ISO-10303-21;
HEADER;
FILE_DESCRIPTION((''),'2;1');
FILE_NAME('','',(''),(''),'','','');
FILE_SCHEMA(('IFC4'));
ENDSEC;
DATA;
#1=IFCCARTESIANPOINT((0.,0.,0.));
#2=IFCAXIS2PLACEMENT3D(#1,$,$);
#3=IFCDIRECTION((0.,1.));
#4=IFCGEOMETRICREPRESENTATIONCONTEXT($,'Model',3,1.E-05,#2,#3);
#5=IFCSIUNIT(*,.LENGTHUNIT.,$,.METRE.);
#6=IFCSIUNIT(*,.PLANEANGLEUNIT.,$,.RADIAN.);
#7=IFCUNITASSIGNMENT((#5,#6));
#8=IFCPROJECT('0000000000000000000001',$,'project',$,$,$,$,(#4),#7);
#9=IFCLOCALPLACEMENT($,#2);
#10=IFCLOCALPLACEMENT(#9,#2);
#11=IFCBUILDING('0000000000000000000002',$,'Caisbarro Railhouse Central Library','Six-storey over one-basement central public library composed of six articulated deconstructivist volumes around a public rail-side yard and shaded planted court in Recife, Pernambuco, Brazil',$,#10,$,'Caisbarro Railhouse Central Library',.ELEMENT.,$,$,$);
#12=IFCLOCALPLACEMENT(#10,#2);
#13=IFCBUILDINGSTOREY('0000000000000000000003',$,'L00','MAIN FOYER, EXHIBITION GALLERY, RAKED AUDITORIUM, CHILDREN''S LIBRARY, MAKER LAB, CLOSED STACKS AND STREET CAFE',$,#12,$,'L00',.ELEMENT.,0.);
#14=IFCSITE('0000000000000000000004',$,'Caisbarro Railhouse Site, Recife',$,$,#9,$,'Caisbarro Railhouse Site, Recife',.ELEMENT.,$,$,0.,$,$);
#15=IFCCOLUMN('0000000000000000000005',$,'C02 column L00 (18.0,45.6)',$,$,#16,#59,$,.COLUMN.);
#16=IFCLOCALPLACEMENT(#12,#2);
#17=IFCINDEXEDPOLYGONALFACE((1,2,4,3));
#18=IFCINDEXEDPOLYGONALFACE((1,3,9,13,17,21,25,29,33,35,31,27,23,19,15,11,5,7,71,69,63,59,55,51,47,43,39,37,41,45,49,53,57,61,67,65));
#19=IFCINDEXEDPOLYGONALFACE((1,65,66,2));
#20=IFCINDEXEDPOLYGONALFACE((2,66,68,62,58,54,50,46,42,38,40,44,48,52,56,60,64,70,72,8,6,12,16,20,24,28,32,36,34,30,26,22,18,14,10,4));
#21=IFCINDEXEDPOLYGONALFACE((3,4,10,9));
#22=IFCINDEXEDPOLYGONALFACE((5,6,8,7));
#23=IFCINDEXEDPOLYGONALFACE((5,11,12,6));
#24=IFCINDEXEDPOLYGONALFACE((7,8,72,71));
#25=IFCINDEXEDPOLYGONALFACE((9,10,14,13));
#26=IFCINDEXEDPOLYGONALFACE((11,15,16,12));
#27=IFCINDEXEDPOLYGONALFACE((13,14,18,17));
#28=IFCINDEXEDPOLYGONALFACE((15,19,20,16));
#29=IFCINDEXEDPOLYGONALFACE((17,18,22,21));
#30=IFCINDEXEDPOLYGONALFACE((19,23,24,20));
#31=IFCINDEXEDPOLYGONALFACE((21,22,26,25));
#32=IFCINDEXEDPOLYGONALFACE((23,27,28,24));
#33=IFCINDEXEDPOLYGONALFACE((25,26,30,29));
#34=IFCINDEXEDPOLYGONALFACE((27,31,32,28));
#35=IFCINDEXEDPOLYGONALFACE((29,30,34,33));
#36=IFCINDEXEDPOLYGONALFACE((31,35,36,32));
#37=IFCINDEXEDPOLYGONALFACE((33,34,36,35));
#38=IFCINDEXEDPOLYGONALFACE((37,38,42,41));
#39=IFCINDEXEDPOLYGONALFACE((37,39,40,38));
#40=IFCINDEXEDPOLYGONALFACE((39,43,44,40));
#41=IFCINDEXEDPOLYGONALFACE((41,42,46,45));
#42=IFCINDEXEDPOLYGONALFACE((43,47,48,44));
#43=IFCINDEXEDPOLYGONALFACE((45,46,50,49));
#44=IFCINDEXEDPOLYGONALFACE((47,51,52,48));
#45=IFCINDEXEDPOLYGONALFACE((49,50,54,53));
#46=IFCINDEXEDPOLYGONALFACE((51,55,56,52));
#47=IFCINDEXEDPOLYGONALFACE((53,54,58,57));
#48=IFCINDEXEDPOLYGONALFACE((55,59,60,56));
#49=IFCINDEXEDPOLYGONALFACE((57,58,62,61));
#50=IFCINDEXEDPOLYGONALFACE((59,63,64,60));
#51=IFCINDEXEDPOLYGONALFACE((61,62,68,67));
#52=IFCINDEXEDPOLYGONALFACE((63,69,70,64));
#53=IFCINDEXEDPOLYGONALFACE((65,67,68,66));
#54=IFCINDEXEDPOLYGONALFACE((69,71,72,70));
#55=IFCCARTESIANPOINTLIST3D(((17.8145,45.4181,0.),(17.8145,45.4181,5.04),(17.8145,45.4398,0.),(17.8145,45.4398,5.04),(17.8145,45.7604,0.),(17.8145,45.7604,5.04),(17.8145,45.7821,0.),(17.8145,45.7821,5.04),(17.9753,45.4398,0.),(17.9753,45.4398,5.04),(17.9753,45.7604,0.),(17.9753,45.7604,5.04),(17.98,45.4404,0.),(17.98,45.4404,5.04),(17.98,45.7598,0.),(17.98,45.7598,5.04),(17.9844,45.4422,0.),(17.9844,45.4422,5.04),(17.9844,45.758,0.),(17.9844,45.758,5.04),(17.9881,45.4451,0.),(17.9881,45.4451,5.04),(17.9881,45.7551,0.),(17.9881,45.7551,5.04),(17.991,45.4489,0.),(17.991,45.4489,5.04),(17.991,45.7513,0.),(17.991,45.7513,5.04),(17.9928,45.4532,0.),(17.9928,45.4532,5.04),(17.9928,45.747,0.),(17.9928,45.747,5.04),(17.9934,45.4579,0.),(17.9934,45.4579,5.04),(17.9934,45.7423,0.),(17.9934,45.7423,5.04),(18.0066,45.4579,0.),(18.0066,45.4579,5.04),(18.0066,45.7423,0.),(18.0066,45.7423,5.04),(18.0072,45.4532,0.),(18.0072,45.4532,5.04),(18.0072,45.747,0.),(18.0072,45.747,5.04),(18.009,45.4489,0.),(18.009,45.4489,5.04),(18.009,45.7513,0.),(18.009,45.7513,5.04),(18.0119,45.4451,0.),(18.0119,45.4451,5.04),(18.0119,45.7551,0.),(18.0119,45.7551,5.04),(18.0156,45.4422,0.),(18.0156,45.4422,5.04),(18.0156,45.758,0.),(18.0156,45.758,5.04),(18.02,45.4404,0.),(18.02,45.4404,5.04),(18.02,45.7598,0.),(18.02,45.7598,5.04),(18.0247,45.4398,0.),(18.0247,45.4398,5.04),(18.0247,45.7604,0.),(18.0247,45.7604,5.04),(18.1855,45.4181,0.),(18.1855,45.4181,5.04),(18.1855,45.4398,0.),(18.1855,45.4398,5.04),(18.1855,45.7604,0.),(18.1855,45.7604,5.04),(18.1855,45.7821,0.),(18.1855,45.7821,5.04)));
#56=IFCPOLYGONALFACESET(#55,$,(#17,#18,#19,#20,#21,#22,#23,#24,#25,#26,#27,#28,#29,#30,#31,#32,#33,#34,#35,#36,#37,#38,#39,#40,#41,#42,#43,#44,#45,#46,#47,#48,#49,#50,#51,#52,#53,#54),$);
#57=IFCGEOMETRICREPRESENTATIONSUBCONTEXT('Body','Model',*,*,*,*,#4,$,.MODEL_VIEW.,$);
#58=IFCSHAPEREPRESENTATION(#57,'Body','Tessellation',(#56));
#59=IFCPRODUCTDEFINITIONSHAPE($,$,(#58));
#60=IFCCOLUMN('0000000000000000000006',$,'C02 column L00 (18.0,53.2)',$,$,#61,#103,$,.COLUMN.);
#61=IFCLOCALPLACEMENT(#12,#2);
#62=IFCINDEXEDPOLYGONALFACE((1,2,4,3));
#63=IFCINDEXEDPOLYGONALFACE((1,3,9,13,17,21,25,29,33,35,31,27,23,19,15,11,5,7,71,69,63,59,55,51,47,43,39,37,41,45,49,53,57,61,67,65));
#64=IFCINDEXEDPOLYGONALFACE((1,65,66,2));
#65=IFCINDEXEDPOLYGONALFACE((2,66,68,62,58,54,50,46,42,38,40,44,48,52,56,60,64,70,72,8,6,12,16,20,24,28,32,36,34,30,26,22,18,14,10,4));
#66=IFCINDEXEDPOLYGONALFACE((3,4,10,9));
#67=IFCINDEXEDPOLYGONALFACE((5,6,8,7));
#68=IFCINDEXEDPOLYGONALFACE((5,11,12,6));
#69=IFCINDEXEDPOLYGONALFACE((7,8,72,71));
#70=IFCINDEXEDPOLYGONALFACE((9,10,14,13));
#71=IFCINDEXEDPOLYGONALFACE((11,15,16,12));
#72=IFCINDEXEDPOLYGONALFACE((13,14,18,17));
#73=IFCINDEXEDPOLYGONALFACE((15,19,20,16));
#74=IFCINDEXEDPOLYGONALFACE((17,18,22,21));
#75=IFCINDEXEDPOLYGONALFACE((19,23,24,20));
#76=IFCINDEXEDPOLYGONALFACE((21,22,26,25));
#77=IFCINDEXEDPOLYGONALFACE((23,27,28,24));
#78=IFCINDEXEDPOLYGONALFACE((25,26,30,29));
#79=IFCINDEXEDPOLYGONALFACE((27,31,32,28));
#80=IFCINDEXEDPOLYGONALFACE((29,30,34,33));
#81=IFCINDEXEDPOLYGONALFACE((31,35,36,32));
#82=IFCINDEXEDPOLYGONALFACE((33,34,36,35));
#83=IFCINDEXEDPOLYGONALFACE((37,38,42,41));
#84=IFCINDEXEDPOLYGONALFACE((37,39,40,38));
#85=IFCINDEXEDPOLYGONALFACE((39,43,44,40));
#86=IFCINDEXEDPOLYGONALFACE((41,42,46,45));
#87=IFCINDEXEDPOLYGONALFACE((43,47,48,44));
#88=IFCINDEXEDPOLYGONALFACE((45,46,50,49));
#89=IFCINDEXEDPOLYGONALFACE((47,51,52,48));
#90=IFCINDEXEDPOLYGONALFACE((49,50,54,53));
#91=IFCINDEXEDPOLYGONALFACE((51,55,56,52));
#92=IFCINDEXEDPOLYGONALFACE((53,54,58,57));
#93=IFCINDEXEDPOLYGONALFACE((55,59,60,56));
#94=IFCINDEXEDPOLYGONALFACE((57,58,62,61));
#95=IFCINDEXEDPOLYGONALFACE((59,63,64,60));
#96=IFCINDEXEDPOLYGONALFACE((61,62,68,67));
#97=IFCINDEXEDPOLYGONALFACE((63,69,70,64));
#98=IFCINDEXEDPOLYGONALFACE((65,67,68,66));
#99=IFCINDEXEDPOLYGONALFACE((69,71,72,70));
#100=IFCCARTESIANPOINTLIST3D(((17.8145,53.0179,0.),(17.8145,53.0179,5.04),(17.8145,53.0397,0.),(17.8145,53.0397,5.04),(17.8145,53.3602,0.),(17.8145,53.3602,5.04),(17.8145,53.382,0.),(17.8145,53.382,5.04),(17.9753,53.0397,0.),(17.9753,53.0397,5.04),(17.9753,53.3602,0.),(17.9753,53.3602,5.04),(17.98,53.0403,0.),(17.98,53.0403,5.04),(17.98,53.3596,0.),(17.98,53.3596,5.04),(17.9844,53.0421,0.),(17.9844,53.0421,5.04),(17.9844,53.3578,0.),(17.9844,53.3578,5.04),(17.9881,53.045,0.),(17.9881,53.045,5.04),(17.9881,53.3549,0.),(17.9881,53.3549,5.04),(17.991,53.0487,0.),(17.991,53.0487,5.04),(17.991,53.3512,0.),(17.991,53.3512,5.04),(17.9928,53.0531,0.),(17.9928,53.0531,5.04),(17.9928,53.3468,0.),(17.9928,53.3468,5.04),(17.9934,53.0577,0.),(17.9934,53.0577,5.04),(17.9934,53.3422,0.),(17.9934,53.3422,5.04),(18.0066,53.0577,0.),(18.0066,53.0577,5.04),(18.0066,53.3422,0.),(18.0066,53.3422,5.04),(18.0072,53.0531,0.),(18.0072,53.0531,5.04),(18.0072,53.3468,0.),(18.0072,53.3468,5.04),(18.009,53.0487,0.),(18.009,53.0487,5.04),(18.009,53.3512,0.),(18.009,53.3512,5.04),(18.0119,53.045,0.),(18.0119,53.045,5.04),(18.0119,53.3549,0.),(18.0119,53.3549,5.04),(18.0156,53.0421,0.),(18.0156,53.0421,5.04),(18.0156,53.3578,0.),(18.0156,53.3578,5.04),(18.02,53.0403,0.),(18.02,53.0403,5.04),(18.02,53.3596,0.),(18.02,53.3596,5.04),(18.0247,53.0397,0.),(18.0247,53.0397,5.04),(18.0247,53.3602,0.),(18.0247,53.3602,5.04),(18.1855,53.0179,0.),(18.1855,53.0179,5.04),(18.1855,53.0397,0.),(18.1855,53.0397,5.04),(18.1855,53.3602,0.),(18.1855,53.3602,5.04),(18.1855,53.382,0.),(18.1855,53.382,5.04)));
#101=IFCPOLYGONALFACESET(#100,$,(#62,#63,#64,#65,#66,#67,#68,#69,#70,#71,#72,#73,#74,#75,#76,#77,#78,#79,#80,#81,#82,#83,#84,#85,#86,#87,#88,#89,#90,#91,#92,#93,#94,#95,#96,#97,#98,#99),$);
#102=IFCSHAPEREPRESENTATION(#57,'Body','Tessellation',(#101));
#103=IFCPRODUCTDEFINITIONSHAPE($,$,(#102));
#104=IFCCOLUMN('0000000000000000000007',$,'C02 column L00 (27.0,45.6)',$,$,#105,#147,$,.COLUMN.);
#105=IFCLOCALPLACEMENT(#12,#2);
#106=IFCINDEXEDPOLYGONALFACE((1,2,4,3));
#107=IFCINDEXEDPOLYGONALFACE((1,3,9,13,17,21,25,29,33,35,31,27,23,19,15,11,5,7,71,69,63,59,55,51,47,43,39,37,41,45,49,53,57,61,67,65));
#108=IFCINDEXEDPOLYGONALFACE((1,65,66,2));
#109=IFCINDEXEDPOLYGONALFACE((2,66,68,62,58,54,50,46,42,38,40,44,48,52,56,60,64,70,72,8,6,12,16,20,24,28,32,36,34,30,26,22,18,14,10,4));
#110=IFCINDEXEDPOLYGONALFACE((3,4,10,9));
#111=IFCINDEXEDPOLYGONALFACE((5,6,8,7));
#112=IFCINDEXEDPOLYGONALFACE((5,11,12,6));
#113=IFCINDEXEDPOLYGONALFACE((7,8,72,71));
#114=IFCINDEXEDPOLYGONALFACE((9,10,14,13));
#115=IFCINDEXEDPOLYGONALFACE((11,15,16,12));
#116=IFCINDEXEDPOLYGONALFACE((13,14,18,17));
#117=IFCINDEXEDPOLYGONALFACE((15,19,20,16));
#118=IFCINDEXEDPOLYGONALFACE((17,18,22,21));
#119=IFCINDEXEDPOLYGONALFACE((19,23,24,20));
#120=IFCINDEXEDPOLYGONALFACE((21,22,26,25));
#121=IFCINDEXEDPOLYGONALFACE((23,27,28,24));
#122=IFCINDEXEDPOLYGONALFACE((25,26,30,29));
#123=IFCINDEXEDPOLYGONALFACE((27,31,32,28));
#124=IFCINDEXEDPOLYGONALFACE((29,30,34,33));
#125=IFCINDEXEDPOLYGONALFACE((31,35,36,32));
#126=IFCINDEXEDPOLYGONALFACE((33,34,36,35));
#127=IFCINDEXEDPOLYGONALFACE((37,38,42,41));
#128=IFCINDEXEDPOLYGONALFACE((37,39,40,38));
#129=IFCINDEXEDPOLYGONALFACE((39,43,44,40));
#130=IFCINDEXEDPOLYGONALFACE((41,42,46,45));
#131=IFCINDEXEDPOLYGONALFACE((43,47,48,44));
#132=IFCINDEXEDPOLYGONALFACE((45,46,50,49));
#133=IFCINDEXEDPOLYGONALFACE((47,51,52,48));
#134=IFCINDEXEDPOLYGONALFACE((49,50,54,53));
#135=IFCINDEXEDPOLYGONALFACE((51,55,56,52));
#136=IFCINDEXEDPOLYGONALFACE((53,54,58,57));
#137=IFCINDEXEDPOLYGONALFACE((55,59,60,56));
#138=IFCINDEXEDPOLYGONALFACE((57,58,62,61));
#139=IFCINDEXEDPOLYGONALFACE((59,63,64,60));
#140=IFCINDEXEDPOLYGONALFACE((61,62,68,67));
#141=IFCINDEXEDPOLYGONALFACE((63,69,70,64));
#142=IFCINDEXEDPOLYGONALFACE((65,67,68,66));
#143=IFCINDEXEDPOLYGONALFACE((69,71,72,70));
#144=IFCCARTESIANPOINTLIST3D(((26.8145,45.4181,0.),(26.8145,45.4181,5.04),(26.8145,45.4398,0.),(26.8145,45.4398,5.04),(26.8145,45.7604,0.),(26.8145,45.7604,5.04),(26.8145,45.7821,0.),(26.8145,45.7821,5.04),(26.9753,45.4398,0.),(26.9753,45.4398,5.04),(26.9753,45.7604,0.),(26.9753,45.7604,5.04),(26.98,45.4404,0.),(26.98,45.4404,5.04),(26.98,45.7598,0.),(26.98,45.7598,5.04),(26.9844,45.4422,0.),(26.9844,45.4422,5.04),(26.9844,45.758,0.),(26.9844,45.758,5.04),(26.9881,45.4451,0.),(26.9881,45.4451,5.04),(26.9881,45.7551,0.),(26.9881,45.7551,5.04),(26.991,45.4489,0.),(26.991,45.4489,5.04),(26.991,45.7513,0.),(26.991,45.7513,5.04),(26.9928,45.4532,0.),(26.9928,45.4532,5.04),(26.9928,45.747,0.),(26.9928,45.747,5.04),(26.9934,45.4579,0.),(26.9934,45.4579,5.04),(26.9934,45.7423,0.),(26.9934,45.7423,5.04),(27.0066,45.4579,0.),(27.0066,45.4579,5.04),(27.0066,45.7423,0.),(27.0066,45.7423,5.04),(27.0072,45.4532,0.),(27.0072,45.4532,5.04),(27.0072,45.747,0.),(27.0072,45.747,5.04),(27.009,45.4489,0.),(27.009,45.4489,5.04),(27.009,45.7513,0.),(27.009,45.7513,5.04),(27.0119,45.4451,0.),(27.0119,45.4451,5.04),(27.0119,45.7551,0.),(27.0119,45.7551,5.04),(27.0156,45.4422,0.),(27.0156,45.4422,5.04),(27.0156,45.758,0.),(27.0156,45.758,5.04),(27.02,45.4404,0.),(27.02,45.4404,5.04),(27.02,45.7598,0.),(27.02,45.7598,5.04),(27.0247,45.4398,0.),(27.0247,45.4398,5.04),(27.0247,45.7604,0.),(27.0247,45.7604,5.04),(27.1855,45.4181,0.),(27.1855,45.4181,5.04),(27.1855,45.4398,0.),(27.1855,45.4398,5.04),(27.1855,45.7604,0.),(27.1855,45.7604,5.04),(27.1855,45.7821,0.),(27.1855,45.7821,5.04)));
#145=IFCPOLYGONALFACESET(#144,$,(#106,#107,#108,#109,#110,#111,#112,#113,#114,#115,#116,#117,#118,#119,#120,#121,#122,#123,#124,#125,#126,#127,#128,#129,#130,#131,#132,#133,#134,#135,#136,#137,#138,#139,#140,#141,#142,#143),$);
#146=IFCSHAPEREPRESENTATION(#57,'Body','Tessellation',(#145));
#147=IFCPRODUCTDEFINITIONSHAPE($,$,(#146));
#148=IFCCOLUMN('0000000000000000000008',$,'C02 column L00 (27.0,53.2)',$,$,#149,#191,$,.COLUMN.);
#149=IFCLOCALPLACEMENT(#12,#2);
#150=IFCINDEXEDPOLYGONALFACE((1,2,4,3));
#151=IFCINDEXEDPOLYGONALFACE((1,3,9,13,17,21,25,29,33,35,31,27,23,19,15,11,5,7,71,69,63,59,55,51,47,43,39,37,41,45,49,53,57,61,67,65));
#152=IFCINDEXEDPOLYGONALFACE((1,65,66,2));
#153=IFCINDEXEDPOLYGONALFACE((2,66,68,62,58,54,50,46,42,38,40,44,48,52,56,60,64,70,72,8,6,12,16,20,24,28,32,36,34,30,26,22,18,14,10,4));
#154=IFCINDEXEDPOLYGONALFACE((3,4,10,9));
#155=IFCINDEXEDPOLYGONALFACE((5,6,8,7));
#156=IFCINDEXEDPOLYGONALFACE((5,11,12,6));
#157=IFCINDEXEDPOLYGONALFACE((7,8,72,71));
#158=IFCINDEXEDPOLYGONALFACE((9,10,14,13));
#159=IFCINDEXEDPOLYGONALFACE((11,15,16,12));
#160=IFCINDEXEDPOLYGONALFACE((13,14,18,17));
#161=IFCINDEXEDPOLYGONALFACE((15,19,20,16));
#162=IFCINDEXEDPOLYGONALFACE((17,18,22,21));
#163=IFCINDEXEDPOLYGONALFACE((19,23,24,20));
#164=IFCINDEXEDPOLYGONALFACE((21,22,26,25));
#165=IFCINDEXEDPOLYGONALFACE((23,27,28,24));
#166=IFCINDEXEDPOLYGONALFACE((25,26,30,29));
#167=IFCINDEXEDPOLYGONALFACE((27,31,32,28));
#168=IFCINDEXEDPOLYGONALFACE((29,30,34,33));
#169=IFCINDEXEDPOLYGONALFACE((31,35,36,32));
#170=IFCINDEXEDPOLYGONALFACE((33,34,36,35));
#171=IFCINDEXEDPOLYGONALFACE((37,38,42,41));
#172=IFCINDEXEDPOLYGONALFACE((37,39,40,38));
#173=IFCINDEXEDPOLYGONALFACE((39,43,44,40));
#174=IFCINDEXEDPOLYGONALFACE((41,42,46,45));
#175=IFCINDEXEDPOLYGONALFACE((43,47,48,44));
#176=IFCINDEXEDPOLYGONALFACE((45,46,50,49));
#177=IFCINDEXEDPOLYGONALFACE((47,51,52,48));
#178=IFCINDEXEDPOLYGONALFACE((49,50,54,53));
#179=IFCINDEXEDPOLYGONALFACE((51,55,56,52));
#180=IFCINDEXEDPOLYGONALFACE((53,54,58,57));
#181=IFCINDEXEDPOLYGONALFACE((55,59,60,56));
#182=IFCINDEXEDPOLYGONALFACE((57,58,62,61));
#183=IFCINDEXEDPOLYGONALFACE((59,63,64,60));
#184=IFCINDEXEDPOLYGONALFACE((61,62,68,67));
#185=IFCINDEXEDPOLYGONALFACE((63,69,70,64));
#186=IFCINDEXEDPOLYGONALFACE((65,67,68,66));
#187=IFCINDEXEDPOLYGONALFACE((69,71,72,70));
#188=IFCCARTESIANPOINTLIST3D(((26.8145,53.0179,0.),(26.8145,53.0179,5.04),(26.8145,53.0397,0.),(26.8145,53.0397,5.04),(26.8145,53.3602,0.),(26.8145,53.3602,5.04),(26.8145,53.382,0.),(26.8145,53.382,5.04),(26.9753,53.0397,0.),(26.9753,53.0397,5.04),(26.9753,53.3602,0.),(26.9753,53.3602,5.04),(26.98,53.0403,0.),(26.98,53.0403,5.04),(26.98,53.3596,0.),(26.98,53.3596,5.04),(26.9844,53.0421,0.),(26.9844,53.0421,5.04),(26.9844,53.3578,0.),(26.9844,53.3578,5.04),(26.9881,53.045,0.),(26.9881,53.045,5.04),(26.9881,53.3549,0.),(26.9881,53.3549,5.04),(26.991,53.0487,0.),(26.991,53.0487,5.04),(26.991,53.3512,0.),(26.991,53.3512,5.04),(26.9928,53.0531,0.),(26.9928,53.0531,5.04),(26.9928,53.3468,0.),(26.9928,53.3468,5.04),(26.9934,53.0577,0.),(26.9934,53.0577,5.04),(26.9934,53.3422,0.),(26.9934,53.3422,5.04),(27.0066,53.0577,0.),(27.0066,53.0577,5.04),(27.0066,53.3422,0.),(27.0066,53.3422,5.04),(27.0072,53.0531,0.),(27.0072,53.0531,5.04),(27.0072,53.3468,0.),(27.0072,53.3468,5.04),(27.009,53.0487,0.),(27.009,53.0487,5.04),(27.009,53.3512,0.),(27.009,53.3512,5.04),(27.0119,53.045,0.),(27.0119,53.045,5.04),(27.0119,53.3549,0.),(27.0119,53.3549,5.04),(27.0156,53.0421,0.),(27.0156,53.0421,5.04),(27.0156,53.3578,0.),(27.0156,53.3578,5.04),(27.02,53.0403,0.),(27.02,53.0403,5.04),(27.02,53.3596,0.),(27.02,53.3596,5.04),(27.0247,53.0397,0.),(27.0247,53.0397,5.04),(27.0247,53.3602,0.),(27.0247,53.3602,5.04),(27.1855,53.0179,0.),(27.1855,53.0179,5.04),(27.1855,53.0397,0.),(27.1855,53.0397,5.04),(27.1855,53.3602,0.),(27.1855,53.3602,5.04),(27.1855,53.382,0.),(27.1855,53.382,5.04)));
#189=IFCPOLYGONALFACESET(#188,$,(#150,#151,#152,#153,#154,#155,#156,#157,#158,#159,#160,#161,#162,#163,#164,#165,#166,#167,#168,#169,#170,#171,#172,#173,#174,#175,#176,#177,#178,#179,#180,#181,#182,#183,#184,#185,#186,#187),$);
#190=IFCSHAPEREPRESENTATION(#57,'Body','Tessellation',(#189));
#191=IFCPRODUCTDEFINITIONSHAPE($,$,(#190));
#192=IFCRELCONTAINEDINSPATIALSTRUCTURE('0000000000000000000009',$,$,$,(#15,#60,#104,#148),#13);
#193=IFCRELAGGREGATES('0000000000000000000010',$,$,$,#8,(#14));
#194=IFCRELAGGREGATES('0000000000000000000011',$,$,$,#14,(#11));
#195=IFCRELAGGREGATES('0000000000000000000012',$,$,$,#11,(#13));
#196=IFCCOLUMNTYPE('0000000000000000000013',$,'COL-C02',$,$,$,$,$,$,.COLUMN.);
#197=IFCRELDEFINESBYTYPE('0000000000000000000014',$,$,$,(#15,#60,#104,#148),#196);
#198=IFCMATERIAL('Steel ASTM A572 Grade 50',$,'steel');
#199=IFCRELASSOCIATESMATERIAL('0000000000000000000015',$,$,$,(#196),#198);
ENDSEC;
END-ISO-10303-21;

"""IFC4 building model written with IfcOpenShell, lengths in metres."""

from ifc_helpers import new_model, si_unit, direction, frame, origin, origin_2d, place, context, subcontext, project, spatial, i_section, extrude, material, material_profile, profile_set, type_object, element, save


model = new_model("IFC4")

# Units and contexts
model_context = context("Model", 3, precision=1e-05, world=origin(), true_north=direction((0.0, 1.0)))
body_context = subcontext(model_context, "Body", "Model", "MODEL_VIEW")
ifc_project = project(units=[si_unit("LENGTHUNIT", "METRE"), si_unit("PLANEANGLEUNIT", "RADIAN")], contexts=[model_context])

# Site, building, storey
site_placement = place(None, origin())
site = spatial("IfcSite", under=ifc_project, at=site_placement, Name="Caisbarro Railhouse Site, Recife", LongName="Caisbarro Railhouse Site, Recife", CompositionType="ELEMENT", RefElevation=0.0)
building_placement = place(site_placement, origin())
building = spatial("IfcBuilding", under=site, at=building_placement, Name="Caisbarro Railhouse Central Library", Description="Six-storey over one-basement central public library composed of six articulated deconstructivist volumes around a public rail-side yard and shaded planted court in Recife, Pernambuco, Brazil", LongName="Caisbarro Railhouse Central Library", CompositionType="ELEMENT")
storey_placement = place(building_placement, origin())
storey = spatial("IfcBuildingStorey", under=building, at=storey_placement, Name="L00", Description="MAIN FOYER, EXHIBITION GALLERY, RAKED AUDITORIUM, CHILDREN'S LIBRARY, MAKER LAB, CLOSED STACKS AND STREET CAFE", LongName="L00", CompositionType="ELEMENT", Elevation=0.0)

# Columns
ifc_material = material(Name="Steel ASTM A572 Grade 50", Category="steel")
ifc_material_profile_1 = material_profile(ifc_material, i_section(OverallWidth=0.3711, OverallDepth=0.364, WebThickness=0.0132, FlangeThickness=0.0217, FilletRadius=0.0181, at=origin_2d()), Name="W360X162.0")
ifc_profile_set_1 = profile_set([ifc_material_profile_1], Name="Steel ASTM A572 Grade 50")
column_type = type_object("IfcColumnType", Name="COL-C02", PredefinedType="COLUMN", material=ifc_profile_set_1)
for number, where, z_axis, x_axis, name in (
    (1, (18.0, 45.6001, 0.0), (0.0, 0.0, 1.0), (1.0, 0.0, 0.0), "C02 column L00 (18.0,45.6)"),
    (2, (18.0, 53.2, 0.0), (0.0, 0.0, 1.0), (1.0, 0.0, 0.0), "C02 column L00 (18.0,53.2)"),
    (3, (27.0, 45.6001, 0.0), (0.0, 0.0, 1.0), (1.0, 0.0, 0.0), "C02 column L00 (27.0,45.6)"),
    (4, (27.0, 53.2, 0.0), (0.0, 0.0, 1.0), (1.0, 0.0, 0.0), "C02 column L00 (27.0,53.2)"),
):
    element("IfcColumn", number, at=place(storey_placement, frame(where, z_axis=z_axis, x_axis=x_axis)), inside=storey, type_object=column_type, Name=name, PredefinedType="COLUMN", context=body_context, shape_type="SweptSolid", body=[
        extrude(i_section(OverallWidth=0.3711, OverallDepth=0.364, WebThickness=0.0132, FlangeThickness=0.0217, FilletRadius=0.0181, at=origin_2d()), origin(), (0.0, 0.0, 1.0), 5.04),
    ])

save(model, "model.ifc")
